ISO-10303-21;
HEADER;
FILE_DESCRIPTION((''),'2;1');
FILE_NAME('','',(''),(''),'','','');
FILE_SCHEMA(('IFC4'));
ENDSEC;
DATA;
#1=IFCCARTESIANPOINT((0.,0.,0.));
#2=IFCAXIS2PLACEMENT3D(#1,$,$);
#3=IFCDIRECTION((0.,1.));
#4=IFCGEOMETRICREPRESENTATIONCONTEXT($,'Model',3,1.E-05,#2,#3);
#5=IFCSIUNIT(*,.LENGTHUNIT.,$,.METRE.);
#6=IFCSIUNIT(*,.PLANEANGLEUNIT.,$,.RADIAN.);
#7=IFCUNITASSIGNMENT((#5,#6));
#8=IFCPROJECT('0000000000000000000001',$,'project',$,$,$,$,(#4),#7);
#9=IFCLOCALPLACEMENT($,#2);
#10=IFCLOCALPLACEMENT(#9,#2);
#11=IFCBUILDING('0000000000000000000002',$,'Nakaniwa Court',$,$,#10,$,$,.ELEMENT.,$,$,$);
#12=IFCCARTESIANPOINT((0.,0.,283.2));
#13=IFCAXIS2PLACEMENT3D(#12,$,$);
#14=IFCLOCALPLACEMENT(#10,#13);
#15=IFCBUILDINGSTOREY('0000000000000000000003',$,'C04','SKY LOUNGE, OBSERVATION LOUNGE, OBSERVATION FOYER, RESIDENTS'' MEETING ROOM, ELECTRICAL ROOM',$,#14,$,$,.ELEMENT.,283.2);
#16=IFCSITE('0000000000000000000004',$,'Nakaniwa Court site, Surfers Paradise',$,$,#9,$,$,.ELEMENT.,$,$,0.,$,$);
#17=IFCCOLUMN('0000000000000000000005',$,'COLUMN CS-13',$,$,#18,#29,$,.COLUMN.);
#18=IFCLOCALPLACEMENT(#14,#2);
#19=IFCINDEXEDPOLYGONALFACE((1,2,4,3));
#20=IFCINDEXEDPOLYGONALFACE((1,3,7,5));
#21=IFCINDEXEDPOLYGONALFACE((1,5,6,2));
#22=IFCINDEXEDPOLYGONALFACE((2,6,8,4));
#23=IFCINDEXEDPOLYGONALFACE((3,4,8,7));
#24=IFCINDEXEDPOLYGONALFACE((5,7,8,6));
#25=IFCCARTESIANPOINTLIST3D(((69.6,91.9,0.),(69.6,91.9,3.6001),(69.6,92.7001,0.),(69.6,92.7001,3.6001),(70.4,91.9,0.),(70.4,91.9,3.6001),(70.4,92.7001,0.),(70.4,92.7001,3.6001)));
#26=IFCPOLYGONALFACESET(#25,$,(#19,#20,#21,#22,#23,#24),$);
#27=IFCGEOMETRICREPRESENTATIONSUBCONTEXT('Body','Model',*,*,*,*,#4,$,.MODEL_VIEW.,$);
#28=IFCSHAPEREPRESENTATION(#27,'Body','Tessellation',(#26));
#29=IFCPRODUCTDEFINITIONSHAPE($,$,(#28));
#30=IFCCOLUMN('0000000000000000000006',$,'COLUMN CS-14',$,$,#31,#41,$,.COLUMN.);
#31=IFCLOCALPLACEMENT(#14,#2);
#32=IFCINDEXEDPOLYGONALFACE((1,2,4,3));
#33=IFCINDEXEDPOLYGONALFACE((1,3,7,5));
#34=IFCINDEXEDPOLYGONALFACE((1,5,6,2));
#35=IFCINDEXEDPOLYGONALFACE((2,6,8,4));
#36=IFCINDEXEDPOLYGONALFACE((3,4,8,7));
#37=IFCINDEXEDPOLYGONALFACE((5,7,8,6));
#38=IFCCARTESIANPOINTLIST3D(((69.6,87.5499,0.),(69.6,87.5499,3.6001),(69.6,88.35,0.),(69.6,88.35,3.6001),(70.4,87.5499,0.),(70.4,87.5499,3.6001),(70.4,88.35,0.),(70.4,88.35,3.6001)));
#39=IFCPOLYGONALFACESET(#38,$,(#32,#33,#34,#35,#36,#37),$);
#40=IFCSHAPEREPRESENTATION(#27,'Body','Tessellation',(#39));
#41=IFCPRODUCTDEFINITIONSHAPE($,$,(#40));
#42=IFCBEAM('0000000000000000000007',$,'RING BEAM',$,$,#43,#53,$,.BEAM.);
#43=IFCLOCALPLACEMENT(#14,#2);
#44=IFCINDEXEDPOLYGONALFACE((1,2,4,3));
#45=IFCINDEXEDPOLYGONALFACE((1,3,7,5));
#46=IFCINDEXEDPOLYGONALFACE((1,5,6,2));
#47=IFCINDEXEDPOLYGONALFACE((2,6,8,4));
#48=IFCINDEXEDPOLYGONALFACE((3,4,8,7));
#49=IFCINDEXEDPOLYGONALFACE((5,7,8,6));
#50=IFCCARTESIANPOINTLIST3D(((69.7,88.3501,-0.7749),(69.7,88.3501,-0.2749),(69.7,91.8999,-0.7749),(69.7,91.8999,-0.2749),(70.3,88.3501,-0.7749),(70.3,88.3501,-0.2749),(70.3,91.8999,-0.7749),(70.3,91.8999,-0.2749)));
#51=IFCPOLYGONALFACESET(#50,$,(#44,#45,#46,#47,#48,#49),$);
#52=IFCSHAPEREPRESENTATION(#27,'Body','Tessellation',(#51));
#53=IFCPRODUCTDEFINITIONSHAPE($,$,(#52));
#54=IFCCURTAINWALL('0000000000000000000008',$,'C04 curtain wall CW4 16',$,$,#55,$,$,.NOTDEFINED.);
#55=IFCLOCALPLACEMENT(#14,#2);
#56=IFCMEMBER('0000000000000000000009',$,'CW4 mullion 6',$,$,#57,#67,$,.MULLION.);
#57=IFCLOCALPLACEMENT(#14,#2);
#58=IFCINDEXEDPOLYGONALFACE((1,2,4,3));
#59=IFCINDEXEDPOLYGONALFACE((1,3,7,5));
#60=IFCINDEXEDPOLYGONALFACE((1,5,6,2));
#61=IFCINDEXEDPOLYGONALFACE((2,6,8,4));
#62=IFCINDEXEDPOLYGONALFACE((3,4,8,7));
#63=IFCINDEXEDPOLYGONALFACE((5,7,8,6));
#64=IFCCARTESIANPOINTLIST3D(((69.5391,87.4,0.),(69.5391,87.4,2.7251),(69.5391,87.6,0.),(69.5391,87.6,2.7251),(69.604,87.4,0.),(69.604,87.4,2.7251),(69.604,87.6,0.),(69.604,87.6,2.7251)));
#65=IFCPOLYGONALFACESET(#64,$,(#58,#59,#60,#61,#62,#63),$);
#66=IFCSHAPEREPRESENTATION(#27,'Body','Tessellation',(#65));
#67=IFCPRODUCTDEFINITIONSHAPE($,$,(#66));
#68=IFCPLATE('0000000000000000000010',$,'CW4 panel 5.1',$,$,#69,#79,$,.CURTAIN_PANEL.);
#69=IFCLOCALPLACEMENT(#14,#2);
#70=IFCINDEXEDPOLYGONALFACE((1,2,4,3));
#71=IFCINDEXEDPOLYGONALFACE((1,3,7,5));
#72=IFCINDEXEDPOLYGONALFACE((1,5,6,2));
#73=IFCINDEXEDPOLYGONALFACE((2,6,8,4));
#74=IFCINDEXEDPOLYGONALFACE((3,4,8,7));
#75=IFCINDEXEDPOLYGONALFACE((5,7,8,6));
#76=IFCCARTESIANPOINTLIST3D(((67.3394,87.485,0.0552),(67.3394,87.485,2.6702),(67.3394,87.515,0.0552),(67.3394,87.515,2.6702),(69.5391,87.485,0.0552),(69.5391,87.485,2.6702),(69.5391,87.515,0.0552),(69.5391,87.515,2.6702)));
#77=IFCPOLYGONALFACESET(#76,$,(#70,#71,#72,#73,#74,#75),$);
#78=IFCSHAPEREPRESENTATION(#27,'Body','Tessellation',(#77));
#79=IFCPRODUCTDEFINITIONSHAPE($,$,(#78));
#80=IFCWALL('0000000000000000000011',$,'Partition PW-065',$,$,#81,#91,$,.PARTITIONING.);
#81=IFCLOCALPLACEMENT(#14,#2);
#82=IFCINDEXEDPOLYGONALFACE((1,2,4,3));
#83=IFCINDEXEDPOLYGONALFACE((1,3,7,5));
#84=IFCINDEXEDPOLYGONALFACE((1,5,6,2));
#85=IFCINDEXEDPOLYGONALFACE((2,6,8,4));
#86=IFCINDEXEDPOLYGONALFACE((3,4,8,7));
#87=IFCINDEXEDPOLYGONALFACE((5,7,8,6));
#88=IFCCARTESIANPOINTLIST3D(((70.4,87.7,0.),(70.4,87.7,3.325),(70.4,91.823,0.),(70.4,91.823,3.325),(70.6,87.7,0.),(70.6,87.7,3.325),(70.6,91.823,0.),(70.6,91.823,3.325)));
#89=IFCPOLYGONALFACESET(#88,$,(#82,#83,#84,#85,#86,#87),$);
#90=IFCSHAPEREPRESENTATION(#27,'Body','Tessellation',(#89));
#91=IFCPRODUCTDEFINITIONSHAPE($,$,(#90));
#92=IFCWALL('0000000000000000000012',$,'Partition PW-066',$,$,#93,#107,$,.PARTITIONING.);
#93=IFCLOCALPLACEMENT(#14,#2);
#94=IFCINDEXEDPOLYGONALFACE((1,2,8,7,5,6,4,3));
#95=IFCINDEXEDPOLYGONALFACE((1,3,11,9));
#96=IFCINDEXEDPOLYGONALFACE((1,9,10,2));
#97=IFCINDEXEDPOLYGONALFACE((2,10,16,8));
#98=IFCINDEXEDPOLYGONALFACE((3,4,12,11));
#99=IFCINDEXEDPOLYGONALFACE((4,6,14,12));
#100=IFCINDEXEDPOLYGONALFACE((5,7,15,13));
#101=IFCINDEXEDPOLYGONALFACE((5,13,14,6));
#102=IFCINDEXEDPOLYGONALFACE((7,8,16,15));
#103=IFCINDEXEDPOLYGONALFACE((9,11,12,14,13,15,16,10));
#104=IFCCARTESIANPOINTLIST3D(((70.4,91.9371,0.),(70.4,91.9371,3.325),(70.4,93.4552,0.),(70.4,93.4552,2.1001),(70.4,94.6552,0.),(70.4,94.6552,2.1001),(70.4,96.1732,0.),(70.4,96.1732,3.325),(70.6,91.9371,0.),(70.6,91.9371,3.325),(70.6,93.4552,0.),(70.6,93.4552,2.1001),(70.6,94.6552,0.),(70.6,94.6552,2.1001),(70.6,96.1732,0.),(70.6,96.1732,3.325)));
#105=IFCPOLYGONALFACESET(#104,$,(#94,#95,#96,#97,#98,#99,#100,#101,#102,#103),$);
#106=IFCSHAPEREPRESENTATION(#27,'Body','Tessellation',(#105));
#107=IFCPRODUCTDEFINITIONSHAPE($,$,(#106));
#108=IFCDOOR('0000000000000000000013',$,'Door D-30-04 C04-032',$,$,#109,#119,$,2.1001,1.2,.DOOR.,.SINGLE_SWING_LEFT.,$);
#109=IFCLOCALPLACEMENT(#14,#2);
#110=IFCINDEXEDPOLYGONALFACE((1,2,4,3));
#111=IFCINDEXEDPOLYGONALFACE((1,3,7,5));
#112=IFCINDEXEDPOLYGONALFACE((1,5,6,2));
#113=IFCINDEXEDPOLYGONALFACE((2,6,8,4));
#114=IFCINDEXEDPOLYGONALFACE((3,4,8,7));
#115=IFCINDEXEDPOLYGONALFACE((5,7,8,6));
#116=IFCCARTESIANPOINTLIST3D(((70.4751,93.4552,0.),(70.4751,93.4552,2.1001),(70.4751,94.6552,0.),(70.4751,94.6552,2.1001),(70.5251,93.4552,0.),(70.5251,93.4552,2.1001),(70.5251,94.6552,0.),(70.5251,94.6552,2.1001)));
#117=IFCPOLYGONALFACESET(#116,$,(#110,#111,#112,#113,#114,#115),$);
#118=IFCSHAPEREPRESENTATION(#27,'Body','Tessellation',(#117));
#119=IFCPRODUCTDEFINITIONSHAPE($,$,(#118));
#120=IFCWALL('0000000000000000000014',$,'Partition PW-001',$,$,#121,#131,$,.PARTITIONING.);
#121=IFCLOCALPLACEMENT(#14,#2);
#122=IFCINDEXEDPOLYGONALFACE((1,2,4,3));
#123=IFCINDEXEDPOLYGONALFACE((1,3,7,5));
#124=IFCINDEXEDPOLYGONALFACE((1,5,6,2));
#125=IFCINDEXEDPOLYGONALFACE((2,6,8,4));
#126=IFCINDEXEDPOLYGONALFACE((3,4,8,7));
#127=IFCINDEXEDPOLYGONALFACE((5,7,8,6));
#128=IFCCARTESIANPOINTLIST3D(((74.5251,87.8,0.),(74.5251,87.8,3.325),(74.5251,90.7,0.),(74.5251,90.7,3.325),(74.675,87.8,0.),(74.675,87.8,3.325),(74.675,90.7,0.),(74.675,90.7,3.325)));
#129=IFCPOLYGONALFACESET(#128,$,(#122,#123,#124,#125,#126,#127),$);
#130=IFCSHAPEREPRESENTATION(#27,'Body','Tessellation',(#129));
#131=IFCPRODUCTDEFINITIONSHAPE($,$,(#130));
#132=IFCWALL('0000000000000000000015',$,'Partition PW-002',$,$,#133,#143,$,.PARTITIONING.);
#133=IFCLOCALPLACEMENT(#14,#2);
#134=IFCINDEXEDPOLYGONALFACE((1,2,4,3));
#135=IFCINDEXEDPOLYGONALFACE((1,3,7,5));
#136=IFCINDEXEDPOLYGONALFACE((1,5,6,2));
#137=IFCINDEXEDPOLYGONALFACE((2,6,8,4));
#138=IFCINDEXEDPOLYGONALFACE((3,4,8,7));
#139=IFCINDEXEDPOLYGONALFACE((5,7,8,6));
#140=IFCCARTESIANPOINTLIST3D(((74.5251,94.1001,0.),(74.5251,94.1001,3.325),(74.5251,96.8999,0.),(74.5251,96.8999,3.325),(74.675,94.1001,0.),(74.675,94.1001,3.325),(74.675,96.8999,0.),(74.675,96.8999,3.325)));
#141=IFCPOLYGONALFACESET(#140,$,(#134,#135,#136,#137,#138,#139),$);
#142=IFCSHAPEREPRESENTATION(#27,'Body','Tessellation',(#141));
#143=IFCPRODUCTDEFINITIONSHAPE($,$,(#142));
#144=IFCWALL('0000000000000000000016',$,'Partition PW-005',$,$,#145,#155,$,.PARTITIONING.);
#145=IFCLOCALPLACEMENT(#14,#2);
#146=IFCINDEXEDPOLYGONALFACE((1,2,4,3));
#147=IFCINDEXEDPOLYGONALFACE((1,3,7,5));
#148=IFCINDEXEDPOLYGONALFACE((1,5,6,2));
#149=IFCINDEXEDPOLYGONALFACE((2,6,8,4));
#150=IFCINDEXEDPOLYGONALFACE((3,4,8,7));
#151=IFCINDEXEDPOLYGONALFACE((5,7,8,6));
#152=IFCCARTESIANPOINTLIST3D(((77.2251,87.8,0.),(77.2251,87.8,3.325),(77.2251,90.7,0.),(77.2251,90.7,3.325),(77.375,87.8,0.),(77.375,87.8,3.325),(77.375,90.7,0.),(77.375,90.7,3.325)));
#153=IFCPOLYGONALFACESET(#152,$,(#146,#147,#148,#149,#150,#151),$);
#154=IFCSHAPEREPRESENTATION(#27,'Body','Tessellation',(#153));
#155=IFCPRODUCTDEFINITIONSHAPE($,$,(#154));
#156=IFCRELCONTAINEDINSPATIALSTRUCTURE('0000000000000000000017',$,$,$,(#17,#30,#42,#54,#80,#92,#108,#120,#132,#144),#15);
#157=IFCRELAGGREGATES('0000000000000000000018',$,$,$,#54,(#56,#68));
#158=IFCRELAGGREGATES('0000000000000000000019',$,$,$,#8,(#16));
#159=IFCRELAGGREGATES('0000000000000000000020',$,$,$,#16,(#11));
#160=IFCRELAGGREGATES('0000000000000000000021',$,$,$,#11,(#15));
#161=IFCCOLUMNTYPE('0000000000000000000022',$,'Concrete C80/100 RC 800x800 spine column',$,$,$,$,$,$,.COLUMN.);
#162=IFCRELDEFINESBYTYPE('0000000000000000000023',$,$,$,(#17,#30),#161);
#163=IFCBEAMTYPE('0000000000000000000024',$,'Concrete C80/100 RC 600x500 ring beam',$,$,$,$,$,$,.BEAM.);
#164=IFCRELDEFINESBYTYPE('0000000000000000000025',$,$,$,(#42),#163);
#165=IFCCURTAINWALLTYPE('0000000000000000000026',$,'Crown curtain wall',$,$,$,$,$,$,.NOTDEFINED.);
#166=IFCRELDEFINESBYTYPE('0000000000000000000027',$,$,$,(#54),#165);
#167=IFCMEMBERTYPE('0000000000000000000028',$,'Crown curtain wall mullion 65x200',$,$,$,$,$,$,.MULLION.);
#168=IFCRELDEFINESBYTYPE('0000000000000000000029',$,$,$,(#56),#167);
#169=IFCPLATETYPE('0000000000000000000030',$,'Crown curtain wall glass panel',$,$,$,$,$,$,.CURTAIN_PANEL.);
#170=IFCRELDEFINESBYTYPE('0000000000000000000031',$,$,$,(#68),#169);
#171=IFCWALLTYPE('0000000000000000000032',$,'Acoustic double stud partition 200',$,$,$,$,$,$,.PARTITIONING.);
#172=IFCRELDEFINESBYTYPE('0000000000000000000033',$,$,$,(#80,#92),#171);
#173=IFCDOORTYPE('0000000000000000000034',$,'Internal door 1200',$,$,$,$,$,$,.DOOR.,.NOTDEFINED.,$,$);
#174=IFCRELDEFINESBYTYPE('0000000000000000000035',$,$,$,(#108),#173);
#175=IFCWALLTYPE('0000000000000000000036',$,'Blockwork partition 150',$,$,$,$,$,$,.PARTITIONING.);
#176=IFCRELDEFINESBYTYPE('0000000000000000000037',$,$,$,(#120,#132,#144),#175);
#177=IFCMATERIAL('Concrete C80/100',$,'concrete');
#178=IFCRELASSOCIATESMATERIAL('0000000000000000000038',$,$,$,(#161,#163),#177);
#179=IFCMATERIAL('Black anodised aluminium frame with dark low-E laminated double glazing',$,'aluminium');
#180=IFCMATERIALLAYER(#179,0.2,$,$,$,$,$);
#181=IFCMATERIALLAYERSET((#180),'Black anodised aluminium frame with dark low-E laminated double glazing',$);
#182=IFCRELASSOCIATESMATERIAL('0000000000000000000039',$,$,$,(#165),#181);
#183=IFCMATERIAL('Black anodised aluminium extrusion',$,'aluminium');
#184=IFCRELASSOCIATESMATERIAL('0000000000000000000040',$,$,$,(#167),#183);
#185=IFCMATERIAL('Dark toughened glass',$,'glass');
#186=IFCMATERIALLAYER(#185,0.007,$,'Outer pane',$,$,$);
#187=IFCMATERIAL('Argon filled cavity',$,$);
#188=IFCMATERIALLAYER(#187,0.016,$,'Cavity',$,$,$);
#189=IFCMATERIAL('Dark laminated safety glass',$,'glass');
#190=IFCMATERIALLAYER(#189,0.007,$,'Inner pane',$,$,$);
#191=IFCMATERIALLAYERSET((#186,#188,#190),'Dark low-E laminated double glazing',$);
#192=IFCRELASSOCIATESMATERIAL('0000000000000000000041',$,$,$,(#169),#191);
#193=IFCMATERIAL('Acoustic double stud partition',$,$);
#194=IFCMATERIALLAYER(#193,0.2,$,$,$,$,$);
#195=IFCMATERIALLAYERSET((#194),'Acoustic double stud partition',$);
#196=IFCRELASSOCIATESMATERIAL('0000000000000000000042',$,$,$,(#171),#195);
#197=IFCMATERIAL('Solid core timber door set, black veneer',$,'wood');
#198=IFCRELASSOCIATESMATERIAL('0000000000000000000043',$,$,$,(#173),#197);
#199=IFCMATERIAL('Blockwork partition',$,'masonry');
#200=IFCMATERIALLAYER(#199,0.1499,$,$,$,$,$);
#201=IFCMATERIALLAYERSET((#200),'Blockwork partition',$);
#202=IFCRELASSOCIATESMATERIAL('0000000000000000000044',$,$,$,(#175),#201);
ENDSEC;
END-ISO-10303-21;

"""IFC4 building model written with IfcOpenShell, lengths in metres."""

from ifc_helpers import new_model, si_unit, direction, frame, frame_2d, origin, origin_2d, place, context, subcontext, project, spatial, rectangle, extrude, material, layer, layer_set, material_profile, profile_set, type_object, element, fill, aggregate, save


model = new_model("IFC4")

# Units and contexts
model_context = context("Model", 3, precision=1e-05, world=origin(), true_north=direction((0.0, 1.0)))
body_context = subcontext(model_context, "Body", "Model", "MODEL_VIEW")
ifc_project = project(units=[si_unit("LENGTHUNIT", "METRE"), si_unit("PLANEANGLEUNIT", "RADIAN")], contexts=[model_context])

# Site, building, storey
site_placement = place(None, origin())
site = spatial("IfcSite", under=ifc_project, at=site_placement, Name="Nakaniwa Court site, Surfers Paradise", CompositionType="ELEMENT", RefElevation=0.0)
building_placement = place(site_placement, origin())
building = spatial("IfcBuilding", under=site, at=building_placement, Name="Nakaniwa Court", CompositionType="ELEMENT")
storey_placement = place(building_placement, frame((0.0, 0.0, 283.2)))
storey = spatial("IfcBuildingStorey", under=building, at=storey_placement, Name="C04", Description="SKY LOUNGE, OBSERVATION LOUNGE, OBSERVATION FOYER, RESIDENTS' MEETING ROOM, ELECTRICAL ROOM", CompositionType="ELEMENT", Elevation=283.2)

# Columns
ifc_material_1 = material(Name="Concrete C80/100", Category="concrete")
ifc_material_profile_1 = material_profile(ifc_material_1, rectangle(XDim=0.8, YDim=0.8, at=origin_2d()), Name="Concrete C80/100 RC 800x800 spine column")
ifc_profile_set_1 = profile_set([ifc_material_profile_1], Name="Concrete C80/100")
column_type = type_object("IfcColumnType", Name="Concrete C80/100 RC 800x800 spine column", PredefinedType="COLUMN", material=ifc_profile_set_1)
for number, where, z_axis, x_axis, name in (
    (1, (70.0, 92.3, 0.0), (0.0, 0.0, 1.0), (0.0, -1.0, 0.0), "COLUMN CS-13"),
    (2, (70.0, 87.95, 0.0), (0.0, 0.0, 1.0), (0.0, -1.0, 0.0), "COLUMN CS-14"),
):
    element("IfcColumn", number, at=place(storey_placement, frame(where, z_axis=z_axis, x_axis=x_axis)), inside=storey, type_object=column_type, Name=name, PredefinedType="COLUMN", context=body_context, shape_type="SweptSolid", body=[
        extrude(rectangle(XDim=0.8, YDim=0.8, at=origin_2d()), origin(), (0.0, 0.0, 1.0), 3.6001),
    ])

# Beam
ifc_material_profile_2 = material_profile(ifc_material_1, rectangle(XDim=0.6001, YDim=0.5, at=origin_2d()), Name="Concrete C80/100 RC 600x500 ring beam")
ifc_profile_set_2 = profile_set([ifc_material_profile_2], Name="Concrete C80/100")
beam_type = type_object("IfcBeamType", Name="Concrete C80/100 RC 600x500 ring beam", PredefinedType="BEAM", material=ifc_profile_set_2)
beam_placement = place(storey_placement, frame((70.0, 91.8999, -0.5249), z_axis=(0.0, -1.0, 0.0), x_axis=(1.0, 0.0, 0.0)))
element("IfcBeam", 3, at=beam_placement, inside=storey, type_object=beam_type, Name="RING BEAM", PredefinedType="BEAM", context=body_context, shape_type="SweptSolid", body=[
    extrude(rectangle(XDim=0.6001, YDim=0.5, at=origin_2d()), origin(), (0.0, 0.0, 1.0), 3.5498),
])

# Curtain wall, member, plate
ifc_material_2 = material(Name="Black anodised aluminium frame with dark low-E laminated double glazing", Category="aluminium")
ifc_layer_1 = layer(ifc_material_2, 0.2)
ifc_layer_set_1 = layer_set([ifc_layer_1], Name="Black anodised aluminium frame with dark low-E laminated double glazing")
curtain_wall_type = type_object("IfcCurtainWallType", Name="Crown curtain wall", PredefinedType="NOTDEFINED", material=ifc_layer_set_1)
curtain_wall_placement = place(storey_placement, origin())
curtain_wall = element("IfcCurtainWall", 4, at=curtain_wall_placement, inside=storey, type_object=curtain_wall_type, Name="C04 curtain wall CW4 16", PredefinedType="NOTDEFINED")
ifc_material_3 = material(Name="Black anodised aluminium extrusion", Category="aluminium")
ifc_material_profile_3 = material_profile(ifc_material_3, rectangle(XDim=0.2, YDim=0.0649, at=origin_2d()), Name="Crown curtain wall mullion 65x200")
ifc_profile_set_3 = profile_set([ifc_material_profile_3], Name="Black anodised aluminium extrusion")
member_type = type_object("IfcMemberType", Name="Crown curtain wall mullion 65x200", PredefinedType="MULLION", material=ifc_profile_set_3)
member_placement = place(storey_placement, frame((69.5715, 87.5, 0.0), z_axis=(0.0, 0.0, 1.0), x_axis=(0.0, 1.0, 0.0)))
member = element("IfcMember", 5, at=member_placement, type_object=member_type, Name="CW4 mullion 6", PredefinedType="MULLION", context=body_context, shape_type="SweptSolid", body=[
    extrude(rectangle(XDim=0.2, YDim=0.0649, at=origin_2d()), origin(), (0.0, 0.0, 1.0), 2.7251),
])
ifc_material_4 = material(Name="Dark toughened glass", Category="glass")
ifc_layer_2 = layer(ifc_material_4, 0.007, Name="Outer pane")
ifc_material_5 = material(Name="Argon filled cavity")
ifc_layer_3 = layer(ifc_material_5, 0.016, Name="Cavity")
ifc_material_6 = material(Name="Dark laminated safety glass", Category="glass")
ifc_layer_4 = layer(ifc_material_6, 0.007, Name="Inner pane")
ifc_layer_set_2 = layer_set([ifc_layer_2, ifc_layer_3, ifc_layer_4], Name="Dark low-E laminated double glazing")
plate_type = type_object("IfcPlateType", Name="Crown curtain wall glass panel", PredefinedType="CURTAIN_PANEL", material=ifc_layer_set_2)
plate_placement = place(storey_placement, frame((68.4392, 87.5, 0.0552), z_axis=(0.0, 0.0, 1.0), x_axis=(1.0, 0.0, 0.0)))
plate = element("IfcPlate", 6, at=plate_placement, type_object=plate_type, Name="CW4 panel 5.1", PredefinedType="CURTAIN_PANEL", context=body_context, shape_type="SweptSolid", body=[
    extrude(rectangle(XDim=2.1997, YDim=0.03, at=origin_2d()), origin(), (0.0, 0.0, 1.0), 2.615),
])
aggregate(curtain_wall, [member, plate])

# Wall
ifc_material_7 = material(Name="Acoustic double stud partition")
ifc_layer_5 = layer(ifc_material_7, 0.2)
ifc_layer_set_3 = layer_set([ifc_layer_5], Name="Acoustic double stud partition")
wall_type_1 = type_object("IfcWallType", Name="Acoustic double stud partition 200", PredefinedType="PARTITIONING", material=ifc_layer_set_3)
wall_1_placement = place(storey_placement, frame((70.5, 87.7, 0.0), z_axis=(0.0, 0.0, 1.0), x_axis=(0.0, 1.0, 0.0)))
element("IfcWall", 7, at=wall_1_placement, inside=storey, type_object=wall_type_1, Name="Partition PW-065", PredefinedType="PARTITIONING", context=body_context, shape_type="SweptSolid", body=[
    extrude(rectangle(XDim=4.123, YDim=0.2, at=frame_2d((2.0615, 0.0))), origin(), (0.0, 0.0, 1.0), 3.325),
])

# Wall, opening, door
wall_2_placement = place(storey_placement, frame((70.5, 91.937, 0.0), z_axis=(0.0, 0.0, 1.0), x_axis=(0.0, 1.0, 0.0)))
wall_2 = element("IfcWall", 8, at=wall_2_placement, inside=storey, type_object=wall_type_1, Name="Partition PW-066", PredefinedType="PARTITIONING", context=body_context, shape_type="SweptSolid", body=[
    extrude(rectangle(XDim=4.2361, YDim=0.2, at=frame_2d((2.1182, 0.0))), origin(), (0.0, 0.0, 1.0), 3.325),
])
opening_1_placement = place(wall_2_placement, frame((1.5181, 0.0, 0.0)))
opening_1 = element("IfcOpeningElement", 9, at=opening_1_placement, cuts=wall_2, PredefinedType="OPENING", context=body_context, shape_type="SweptSolid", body=[
    extrude(rectangle(XDim=1.2, YDim=2.1001, at=frame_2d((0.6001, 1.05))), frame((0.0, 0.1099, 0.0), z_axis=(0.0, -1.0, 0.0), x_axis=(1.0, 0.0, 0.0)), (0.0, 0.0, 1.0), 0.22),
])
ifc_material_8 = material(Name="Solid core timber door set, black veneer", Category="wood")
door_type_1 = type_object("IfcDoorType", Name="Internal door 1200", OperationType="NOTDEFINED", PredefinedType="DOOR", material=ifc_material_8)
door_1_placement = place(opening_1_placement, origin())
door_1 = element("IfcDoor", 10, at=door_1_placement, inside=storey, type_object=door_type_1, Name="Door D-30-04 C04-032", OperationType="SINGLE_SWING_LEFT", OverallHeight=2.1001, OverallWidth=1.2, PredefinedType="DOOR", context=body_context, shape_type="SweptSolid", body=[
    extrude(rectangle(XDim=1.2, YDim=2.1001, at=frame_2d((0.6001, 1.05))), frame((0.0, 0.0249, 0.0), z_axis=(0.0, -1.0, 0.0), x_axis=(1.0, 0.0, 0.0)), (0.0, 0.0, 1.0), 0.05),
])
fill(opening_1, door_1)

# Walls
ifc_material_9 = material(Name="Blockwork partition", Category="masonry")
ifc_layer_6 = layer(ifc_material_9, 0.1499)
ifc_layer_set_4 = layer_set([ifc_layer_6], Name="Blockwork partition")
wall_type_2 = type_object("IfcWallType", Name="Blockwork partition 150", PredefinedType="PARTITIONING", material=ifc_layer_set_4)
wall_3_placement = place(storey_placement, frame((74.6001, 87.8, 0.0), z_axis=(0.0, 0.0, 1.0), x_axis=(0.0, 1.0, 0.0)))
element("IfcWall", 11, at=wall_3_placement, inside=storey, type_object=wall_type_2, Name="Partition PW-001", PredefinedType="PARTITIONING", context=body_context, shape_type="SweptSolid", body=[
    extrude(rectangle(XDim=2.8999, YDim=0.1499, at=frame_2d((1.45, 0.0))), origin(), (0.0, 0.0, 1.0), 3.325),
])
wall_4_placement = place(storey_placement, frame((74.6001, 94.1001, 0.0), z_axis=(0.0, 0.0, 1.0), x_axis=(0.0, 1.0, 0.0)))
element("IfcWall", 12, at=wall_4_placement, inside=storey, type_object=wall_type_2, Name="Partition PW-002", PredefinedType="PARTITIONING", context=body_context, shape_type="SweptSolid", body=[
    extrude(rectangle(XDim=2.7998, YDim=0.1499, at=frame_2d((1.3999, 0.0))), origin(), (0.0, 0.0, 1.0), 3.325),
])
wall_5_placement = place(storey_placement, frame((77.3, 87.8, 0.0), z_axis=(0.0, 0.0, 1.0), x_axis=(0.0, 1.0, 0.0)))
element("IfcWall", 13, at=wall_5_placement, inside=storey, type_object=wall_type_2, Name="Partition PW-005", PredefinedType="PARTITIONING", context=body_context, shape_type="SweptSolid", body=[
    extrude(rectangle(XDim=2.8999, YDim=0.1499, at=frame_2d((1.45, 0.0))), origin(), (0.0, 0.0, 1.0), 3.325),
])

save(model, "model.ifc")
